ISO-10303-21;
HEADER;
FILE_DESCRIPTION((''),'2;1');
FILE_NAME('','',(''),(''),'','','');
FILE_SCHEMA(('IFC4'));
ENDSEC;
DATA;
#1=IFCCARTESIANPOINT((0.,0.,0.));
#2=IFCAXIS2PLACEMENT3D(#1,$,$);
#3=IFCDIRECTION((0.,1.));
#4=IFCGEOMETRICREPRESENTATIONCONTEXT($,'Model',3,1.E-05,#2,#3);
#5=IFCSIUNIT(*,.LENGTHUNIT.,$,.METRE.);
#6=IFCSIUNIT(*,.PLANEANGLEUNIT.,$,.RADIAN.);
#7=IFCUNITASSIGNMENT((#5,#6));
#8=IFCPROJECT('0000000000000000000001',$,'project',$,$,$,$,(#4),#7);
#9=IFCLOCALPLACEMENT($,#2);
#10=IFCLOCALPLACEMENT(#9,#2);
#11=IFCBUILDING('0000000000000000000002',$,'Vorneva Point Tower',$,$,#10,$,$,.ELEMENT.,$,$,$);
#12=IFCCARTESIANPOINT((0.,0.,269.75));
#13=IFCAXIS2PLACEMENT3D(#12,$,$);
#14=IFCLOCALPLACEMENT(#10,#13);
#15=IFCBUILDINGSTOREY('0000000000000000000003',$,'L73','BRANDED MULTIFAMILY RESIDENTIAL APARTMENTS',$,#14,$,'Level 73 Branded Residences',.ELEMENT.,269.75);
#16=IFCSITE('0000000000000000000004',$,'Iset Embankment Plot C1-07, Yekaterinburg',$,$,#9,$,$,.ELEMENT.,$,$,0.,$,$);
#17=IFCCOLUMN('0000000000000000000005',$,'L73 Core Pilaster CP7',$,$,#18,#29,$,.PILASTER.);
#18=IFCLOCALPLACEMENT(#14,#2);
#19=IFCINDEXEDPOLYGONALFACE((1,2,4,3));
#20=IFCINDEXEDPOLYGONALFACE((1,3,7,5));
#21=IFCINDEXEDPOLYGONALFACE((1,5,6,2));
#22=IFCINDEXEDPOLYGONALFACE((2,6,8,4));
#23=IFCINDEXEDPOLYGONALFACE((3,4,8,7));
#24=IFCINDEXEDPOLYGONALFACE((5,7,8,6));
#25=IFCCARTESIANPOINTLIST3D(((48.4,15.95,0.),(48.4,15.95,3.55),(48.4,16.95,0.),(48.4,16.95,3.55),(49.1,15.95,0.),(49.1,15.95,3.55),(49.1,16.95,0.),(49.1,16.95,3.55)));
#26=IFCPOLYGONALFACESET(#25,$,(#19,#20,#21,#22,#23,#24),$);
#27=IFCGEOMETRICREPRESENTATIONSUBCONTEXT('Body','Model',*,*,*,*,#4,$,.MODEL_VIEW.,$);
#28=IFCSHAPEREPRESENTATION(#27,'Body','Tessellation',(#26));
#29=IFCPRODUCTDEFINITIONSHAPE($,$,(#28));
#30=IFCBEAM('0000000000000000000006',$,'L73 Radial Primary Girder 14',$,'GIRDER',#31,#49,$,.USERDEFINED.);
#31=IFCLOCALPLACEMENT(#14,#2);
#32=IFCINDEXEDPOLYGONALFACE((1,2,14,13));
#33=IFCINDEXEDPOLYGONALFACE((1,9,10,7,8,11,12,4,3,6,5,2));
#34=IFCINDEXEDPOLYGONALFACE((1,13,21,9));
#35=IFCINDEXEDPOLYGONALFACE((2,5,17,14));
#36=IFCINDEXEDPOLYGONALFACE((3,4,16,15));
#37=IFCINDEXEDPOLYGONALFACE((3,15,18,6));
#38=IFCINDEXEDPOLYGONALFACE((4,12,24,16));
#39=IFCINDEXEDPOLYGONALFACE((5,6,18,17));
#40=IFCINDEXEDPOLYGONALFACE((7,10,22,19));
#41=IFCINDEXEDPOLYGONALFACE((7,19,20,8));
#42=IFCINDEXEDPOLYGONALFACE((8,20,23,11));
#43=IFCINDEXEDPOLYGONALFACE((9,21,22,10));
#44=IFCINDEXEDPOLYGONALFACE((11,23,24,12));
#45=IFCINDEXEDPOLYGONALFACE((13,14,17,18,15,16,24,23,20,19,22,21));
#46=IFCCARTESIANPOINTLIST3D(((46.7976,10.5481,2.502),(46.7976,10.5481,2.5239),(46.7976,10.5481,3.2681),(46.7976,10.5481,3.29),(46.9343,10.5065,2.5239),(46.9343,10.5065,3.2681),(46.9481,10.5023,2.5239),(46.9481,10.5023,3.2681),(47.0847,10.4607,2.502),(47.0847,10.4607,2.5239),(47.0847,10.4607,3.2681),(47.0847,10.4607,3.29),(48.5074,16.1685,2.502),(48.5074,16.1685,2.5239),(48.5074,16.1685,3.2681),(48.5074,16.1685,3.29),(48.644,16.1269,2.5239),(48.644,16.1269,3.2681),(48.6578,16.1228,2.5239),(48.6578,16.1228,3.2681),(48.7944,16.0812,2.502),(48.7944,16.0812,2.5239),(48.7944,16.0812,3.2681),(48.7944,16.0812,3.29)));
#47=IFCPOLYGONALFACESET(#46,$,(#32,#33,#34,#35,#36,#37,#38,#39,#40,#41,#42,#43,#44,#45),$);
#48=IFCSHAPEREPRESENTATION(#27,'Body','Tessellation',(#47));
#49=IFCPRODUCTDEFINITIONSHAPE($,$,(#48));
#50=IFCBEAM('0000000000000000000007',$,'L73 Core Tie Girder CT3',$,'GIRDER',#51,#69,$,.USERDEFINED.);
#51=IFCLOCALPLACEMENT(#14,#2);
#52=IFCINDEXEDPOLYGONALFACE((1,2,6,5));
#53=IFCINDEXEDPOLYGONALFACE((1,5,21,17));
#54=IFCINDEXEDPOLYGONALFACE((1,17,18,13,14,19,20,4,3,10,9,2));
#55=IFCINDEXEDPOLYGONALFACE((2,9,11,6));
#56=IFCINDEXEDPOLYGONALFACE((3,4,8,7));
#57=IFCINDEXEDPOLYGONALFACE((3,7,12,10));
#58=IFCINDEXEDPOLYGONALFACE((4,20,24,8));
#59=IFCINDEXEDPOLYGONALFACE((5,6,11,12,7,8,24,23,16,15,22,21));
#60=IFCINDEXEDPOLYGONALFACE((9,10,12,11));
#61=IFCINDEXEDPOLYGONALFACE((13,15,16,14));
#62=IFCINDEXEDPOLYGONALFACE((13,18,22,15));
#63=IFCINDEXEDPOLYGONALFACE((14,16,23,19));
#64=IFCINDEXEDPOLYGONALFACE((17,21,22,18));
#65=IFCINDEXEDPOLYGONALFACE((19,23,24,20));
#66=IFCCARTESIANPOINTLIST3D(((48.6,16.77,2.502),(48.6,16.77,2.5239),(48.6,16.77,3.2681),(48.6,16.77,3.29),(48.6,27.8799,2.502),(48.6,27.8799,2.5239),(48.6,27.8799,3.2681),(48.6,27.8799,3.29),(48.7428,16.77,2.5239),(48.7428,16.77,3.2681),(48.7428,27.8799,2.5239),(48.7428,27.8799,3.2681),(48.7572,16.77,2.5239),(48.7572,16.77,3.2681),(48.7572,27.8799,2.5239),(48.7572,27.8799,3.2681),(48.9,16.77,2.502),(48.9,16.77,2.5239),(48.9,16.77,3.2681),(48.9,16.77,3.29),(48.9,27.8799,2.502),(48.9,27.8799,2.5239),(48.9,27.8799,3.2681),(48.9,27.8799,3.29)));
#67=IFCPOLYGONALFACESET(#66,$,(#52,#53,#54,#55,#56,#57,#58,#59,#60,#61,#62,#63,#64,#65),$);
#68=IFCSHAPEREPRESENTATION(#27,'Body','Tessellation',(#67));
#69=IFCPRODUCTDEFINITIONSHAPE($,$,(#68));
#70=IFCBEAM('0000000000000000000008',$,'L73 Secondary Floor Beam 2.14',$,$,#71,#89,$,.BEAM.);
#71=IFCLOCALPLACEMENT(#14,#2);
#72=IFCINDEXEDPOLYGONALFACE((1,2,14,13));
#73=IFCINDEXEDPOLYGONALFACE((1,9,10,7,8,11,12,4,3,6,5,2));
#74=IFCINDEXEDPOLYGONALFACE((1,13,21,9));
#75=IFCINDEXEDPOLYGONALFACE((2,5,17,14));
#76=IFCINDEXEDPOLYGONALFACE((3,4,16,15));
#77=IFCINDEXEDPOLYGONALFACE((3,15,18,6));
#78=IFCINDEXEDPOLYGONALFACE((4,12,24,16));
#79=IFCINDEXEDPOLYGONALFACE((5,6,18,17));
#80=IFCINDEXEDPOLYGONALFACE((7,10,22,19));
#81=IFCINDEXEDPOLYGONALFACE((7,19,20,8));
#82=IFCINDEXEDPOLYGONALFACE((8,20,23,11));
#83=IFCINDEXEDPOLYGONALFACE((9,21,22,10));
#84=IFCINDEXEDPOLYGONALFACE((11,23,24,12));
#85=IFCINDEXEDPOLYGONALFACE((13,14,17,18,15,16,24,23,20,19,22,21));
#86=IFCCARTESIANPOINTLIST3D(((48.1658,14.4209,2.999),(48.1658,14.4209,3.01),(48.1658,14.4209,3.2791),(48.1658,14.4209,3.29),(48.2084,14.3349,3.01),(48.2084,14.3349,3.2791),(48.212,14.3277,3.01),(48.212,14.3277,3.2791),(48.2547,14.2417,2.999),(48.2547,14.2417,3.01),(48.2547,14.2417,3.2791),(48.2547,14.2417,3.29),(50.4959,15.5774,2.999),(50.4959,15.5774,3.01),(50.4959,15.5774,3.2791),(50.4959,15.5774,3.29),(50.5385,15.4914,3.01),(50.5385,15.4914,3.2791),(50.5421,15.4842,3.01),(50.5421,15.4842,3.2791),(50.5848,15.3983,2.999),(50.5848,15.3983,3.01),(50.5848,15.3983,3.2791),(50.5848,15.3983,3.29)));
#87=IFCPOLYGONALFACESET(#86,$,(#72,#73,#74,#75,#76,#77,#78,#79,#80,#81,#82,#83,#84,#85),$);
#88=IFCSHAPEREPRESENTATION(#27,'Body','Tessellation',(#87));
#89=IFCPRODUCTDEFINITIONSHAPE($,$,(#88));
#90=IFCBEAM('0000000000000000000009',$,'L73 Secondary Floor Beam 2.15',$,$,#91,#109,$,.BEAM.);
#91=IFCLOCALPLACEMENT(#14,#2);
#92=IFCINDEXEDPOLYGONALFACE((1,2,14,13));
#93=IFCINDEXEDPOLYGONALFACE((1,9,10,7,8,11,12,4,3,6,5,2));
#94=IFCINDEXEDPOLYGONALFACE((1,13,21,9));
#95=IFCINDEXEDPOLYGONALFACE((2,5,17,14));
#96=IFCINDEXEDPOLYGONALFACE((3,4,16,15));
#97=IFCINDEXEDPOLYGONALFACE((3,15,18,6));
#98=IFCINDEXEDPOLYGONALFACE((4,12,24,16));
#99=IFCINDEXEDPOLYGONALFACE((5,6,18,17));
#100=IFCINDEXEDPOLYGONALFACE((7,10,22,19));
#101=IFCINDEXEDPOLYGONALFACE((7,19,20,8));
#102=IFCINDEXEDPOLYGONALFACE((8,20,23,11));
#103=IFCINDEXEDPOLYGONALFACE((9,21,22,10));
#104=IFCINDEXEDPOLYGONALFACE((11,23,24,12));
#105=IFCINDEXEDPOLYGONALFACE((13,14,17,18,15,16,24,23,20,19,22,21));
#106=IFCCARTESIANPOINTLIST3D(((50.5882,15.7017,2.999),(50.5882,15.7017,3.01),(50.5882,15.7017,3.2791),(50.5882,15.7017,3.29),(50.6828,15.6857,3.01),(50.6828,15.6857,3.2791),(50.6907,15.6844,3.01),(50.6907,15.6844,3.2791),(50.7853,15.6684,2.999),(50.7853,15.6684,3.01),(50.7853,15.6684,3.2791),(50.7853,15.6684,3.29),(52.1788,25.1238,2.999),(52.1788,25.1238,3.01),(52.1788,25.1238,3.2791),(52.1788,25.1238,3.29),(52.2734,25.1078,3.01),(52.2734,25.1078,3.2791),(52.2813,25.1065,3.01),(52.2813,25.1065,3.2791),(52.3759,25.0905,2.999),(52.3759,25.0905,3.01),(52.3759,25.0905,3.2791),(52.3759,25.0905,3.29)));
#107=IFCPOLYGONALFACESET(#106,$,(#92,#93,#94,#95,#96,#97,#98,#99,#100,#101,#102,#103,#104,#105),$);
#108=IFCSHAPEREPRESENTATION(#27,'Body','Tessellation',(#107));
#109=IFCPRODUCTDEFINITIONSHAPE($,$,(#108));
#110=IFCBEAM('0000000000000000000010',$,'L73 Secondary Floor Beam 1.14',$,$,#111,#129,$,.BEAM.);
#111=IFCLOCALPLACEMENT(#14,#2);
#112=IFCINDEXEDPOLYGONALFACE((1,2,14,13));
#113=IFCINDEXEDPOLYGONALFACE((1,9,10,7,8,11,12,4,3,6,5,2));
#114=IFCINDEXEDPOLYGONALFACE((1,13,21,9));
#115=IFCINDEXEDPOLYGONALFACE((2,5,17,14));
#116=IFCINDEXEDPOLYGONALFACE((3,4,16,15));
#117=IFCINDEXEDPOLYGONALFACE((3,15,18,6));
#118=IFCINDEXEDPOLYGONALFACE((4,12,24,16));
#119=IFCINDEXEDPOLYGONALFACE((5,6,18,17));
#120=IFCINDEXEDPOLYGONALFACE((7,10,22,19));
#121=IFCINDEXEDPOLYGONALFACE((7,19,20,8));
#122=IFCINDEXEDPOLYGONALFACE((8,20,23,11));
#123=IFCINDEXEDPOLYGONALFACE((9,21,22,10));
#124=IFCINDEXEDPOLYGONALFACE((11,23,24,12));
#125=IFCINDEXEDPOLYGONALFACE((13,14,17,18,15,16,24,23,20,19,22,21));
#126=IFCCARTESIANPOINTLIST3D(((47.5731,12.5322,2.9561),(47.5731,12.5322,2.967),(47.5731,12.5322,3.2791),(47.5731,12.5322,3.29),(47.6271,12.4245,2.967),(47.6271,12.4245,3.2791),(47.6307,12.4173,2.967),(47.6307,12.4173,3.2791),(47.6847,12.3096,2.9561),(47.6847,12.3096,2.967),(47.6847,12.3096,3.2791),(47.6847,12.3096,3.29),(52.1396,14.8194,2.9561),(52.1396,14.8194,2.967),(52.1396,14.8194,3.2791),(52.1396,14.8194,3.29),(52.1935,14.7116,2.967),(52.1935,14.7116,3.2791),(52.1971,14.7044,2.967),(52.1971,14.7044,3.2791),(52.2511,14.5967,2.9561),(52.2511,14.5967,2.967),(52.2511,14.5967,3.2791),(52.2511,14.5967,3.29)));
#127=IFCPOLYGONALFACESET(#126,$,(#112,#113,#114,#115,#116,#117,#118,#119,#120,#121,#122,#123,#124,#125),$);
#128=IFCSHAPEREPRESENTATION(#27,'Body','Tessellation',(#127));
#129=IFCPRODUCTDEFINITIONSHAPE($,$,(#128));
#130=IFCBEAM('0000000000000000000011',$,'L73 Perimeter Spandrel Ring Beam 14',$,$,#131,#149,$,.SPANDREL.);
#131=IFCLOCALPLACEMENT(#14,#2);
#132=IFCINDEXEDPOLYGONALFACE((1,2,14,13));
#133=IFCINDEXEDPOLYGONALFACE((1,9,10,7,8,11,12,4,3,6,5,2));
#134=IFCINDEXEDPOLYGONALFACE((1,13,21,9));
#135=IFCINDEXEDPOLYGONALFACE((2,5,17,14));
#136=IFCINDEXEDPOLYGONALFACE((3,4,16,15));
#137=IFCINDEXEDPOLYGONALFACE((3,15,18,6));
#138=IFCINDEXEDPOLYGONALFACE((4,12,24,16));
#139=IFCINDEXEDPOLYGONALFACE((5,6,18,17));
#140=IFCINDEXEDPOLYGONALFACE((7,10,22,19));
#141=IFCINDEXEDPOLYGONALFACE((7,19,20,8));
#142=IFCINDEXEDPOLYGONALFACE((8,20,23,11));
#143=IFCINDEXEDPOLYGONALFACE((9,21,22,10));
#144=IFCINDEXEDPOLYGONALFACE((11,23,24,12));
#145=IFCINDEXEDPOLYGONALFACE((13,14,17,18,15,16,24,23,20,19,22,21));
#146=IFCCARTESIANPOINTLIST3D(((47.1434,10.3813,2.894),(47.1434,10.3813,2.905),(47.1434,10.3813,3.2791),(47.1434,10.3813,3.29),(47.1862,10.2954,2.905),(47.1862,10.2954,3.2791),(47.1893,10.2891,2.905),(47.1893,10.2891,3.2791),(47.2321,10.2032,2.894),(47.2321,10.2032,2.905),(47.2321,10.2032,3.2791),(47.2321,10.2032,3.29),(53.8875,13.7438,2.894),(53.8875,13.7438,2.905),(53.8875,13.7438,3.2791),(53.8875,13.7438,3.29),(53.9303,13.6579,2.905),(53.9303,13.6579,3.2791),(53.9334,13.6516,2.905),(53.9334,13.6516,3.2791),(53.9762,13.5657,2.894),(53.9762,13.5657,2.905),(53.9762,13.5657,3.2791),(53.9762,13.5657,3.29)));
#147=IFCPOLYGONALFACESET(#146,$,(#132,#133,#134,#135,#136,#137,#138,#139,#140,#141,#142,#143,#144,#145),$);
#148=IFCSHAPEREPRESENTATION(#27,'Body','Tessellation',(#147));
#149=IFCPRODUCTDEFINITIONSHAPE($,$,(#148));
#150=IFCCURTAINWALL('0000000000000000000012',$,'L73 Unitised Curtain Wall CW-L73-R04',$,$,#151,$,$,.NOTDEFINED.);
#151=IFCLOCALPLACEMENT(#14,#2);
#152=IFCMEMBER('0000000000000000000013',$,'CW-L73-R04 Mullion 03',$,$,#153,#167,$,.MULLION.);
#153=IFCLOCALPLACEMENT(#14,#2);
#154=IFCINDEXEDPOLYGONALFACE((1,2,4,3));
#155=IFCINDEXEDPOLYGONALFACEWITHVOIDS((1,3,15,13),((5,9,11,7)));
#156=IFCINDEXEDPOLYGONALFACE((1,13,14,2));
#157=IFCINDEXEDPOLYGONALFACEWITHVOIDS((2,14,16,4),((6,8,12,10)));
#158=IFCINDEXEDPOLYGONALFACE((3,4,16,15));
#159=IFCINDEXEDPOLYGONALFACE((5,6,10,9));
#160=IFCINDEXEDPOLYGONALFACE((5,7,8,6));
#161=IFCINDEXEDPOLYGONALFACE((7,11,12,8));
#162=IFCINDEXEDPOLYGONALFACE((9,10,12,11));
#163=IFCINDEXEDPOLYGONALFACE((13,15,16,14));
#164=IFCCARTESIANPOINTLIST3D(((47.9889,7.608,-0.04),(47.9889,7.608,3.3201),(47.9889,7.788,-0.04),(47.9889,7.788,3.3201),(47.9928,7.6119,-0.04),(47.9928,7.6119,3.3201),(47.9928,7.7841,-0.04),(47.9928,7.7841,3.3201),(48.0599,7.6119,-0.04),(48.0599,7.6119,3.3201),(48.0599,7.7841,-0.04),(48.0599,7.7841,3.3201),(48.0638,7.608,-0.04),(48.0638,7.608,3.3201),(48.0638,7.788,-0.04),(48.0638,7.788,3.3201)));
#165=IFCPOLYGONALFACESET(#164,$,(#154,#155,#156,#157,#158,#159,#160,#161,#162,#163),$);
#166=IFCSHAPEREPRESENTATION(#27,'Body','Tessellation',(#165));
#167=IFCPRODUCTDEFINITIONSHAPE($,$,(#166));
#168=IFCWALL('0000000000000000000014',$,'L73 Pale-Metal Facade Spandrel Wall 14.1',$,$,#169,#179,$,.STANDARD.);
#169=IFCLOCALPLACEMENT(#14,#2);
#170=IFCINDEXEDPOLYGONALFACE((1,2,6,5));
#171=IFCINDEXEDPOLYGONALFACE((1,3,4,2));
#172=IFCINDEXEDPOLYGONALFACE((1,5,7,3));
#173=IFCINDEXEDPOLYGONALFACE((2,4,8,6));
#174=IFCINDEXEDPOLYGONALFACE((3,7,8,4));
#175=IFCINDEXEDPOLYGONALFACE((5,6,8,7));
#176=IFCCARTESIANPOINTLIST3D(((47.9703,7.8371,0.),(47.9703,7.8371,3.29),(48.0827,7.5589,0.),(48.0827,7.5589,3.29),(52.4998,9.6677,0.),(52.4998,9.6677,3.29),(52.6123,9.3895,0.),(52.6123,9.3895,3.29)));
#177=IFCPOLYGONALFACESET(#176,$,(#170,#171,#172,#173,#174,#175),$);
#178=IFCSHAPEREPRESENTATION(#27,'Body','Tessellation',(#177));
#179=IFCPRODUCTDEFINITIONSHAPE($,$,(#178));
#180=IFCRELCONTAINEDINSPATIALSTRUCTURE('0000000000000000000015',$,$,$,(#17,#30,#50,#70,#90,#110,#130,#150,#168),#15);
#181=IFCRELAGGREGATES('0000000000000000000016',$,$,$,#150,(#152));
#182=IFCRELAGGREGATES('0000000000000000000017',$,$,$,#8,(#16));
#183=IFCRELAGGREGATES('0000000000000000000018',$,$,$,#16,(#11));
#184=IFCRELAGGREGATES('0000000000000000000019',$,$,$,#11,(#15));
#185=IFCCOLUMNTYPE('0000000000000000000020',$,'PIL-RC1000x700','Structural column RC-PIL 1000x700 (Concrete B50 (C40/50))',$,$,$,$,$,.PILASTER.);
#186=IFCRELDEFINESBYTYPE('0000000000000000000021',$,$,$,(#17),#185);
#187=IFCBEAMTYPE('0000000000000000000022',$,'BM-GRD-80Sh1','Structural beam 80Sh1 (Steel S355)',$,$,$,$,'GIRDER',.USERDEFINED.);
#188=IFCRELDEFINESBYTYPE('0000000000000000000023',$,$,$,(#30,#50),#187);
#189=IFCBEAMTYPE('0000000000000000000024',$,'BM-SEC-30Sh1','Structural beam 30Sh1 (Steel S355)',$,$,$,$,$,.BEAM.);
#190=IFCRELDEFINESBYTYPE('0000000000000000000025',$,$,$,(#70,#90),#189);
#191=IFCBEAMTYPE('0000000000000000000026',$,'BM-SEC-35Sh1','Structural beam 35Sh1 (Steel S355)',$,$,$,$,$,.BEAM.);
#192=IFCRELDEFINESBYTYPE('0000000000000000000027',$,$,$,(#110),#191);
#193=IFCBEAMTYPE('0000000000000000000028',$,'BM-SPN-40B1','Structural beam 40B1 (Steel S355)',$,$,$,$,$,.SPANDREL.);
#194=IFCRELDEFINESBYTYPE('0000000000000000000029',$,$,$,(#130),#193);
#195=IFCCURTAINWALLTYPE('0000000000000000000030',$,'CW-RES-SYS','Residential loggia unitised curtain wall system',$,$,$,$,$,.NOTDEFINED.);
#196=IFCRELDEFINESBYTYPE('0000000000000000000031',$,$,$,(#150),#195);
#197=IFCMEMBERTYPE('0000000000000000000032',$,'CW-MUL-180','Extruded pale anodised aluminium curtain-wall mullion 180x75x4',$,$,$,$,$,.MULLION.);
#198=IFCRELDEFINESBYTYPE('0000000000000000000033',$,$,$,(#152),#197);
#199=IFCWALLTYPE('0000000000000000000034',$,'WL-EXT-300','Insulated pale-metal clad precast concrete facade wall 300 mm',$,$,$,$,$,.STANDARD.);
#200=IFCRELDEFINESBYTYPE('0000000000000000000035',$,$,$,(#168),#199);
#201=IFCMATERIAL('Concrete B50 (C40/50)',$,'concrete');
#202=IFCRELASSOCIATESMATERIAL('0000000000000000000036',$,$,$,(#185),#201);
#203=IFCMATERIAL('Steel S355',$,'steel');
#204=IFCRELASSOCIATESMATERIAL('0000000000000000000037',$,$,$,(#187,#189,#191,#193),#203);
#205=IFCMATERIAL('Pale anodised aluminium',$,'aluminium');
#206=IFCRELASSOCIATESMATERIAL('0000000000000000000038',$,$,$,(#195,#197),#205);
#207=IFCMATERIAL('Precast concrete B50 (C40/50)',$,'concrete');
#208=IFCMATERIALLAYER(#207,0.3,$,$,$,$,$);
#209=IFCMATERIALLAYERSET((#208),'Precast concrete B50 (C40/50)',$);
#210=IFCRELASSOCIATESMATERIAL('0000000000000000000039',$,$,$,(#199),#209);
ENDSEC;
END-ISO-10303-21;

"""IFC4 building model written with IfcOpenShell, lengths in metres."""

from ifc_helpers import new_model, si_unit, direction, frame, frame_2d, origin, origin_2d, place, context, subcontext, project, spatial, rectangle, hollow_rectangle, i_section, extrude, material, layer, layer_set, material_profile, profile_set, type_object, element, aggregate, save


model = new_model("IFC4")

# Units and contexts
model_context = context("Model", 3, precision=1e-05, world=origin(), true_north=direction((0.0, 1.0)))
body_context = subcontext(model_context, "Body", "Model", "MODEL_VIEW")
ifc_project = project(units=[si_unit("LENGTHUNIT", "METRE"), si_unit("PLANEANGLEUNIT", "RADIAN")], contexts=[model_context])

# Site, building, storey
site_placement = place(None, origin())
site = spatial("IfcSite", under=ifc_project, at=site_placement, Name="Iset Embankment Plot C1-07, Yekaterinburg", CompositionType="ELEMENT", RefElevation=0.0)
building_placement = place(site_placement, origin())
building = spatial("IfcBuilding", under=site, at=building_placement, Name="Vorneva Point Tower", CompositionType="ELEMENT")
storey_placement = place(building_placement, frame((0.0, 0.0, 269.75)))
storey = spatial("IfcBuildingStorey", under=building, at=storey_placement, Name="L73", Description="BRANDED MULTIFAMILY RESIDENTIAL APARTMENTS", LongName="Level 73 Branded Residences", CompositionType="ELEMENT", Elevation=269.75)

# Column
ifc_material_1 = material(Name="Concrete B50 (C40/50)", Category="concrete")
ifc_material_profile_1 = material_profile(ifc_material_1, rectangle(XDim=0.7, YDim=1.0, at=origin_2d()), Name="RC-PIL 1000x700")
ifc_profile_set_1 = profile_set([ifc_material_profile_1], Name="Concrete B50 (C40/50)")
column_type_1 = type_object("IfcColumnType", Name="PIL-RC1000x700", Description="Structural column RC-PIL 1000x700 (Concrete B50 (C40/50))", PredefinedType="PILASTER", material=ifc_profile_set_1)
column_1_placement = place(storey_placement, frame((48.75, 16.45, 0.0), z_axis=(0.0, 0.0, 1.0), x_axis=(1.0, 0.0, 0.0)))
element("IfcColumn", 1, at=column_1_placement, inside=storey, type_object=column_type_1, Name="L73 Core Pilaster CP7", PredefinedType="PILASTER", context=body_context, shape_type="SweptSolid", body=[
    extrude(rectangle(XDim=0.7, YDim=1.0, at=origin_2d()), origin(), (0.0, 0.0, 1.0), 3.55),
])

# Beams
ifc_material_2 = material(Name="Steel S355", Category="steel")
ifc_material_profile_2 = material_profile(ifc_material_2, i_section(OverallWidth=0.3, OverallDepth=0.7881, WebThickness=0.0144, FlangeThickness=0.022, at=origin_2d()), Name="80Sh1")
ifc_profile_set_2 = profile_set([ifc_material_profile_2], Name="Steel S355")
beam_type_1 = type_object("IfcBeamType", Name="BM-GRD-80Sh1", Description="Structural beam 80Sh1 (Steel S355)", ElementType="GIRDER", PredefinedType="USERDEFINED", material=ifc_profile_set_2)
beam_1_placement = place(storey_placement, frame((46.9412, 10.5044, 2.896), z_axis=(0.291033, 0.956713, 0.0), x_axis=(-0.956713, 0.291033, 0.0)))
element("IfcBeam", 2, at=beam_1_placement, inside=storey, type_object=beam_type_1, Name="L73 Radial Primary Girder 14", ObjectType="GIRDER", PredefinedType="USERDEFINED", context=body_context, shape_type="SweptSolid", body=[
    extrude(i_section(OverallWidth=0.3, OverallDepth=0.7881, WebThickness=0.0144, FlangeThickness=0.022, at=origin_2d()), origin(), (0.0, 0.0, 1.0), 5.8748),
])
beam_2_placement = place(storey_placement, frame((48.75, 16.77, 2.896), z_axis=(0.0, 1.0, 0.0), x_axis=(-1.0, 0.0, 0.0)))
element("IfcBeam", 3, at=beam_2_placement, inside=storey, type_object=beam_type_1, Name="L73 Core Tie Girder CT3", ObjectType="GIRDER", PredefinedType="USERDEFINED", context=body_context, shape_type="SweptSolid", body=[
    extrude(i_section(OverallWidth=0.3, OverallDepth=0.7881, WebThickness=0.0144, FlangeThickness=0.022, at=origin_2d()), origin(), (0.0, 0.0, 1.0), 11.1099),
])
ifc_material_profile_3 = material_profile(ifc_material_2, i_section(OverallWidth=0.2, OverallDepth=0.291, WebThickness=0.0081, FlangeThickness=0.011, at=origin_2d()), Name="30Sh1")
ifc_profile_set_3 = profile_set([ifc_material_profile_3], Name="Steel S355")
beam_type_2 = type_object("IfcBeamType", Name="BM-SEC-30Sh1", Description="Structural beam 30Sh1 (Steel S355)", PredefinedType="BEAM", material=ifc_profile_set_3)
beam_3_placement = place(storey_placement, frame((48.2102, 14.3313, 3.1445), z_axis=(0.895737, 0.444584, 0.0), x_axis=(-0.444584, 0.895737, 0.0)))
element("IfcBeam", 4, at=beam_3_placement, inside=storey, type_object=beam_type_2, Name="L73 Secondary Floor Beam 2.14", PredefinedType="BEAM", context=body_context, shape_type="SweptSolid", body=[
    extrude(i_section(OverallWidth=0.2, OverallDepth=0.291, WebThickness=0.0081, FlangeThickness=0.011, at=origin_2d()), origin(), (0.0, 0.0, 1.0), 2.6013),
])
beam_4_placement = place(storey_placement, frame((50.6868, 15.6851, 3.1445), z_axis=(0.166458, 0.986049, 0.0), x_axis=(-0.986049, 0.166458, 0.0)))
element("IfcBeam", 5, at=beam_4_placement, inside=storey, type_object=beam_type_2, Name="L73 Secondary Floor Beam 2.15", PredefinedType="BEAM", context=body_context, shape_type="SweptSolid", body=[
    extrude(i_section(OverallWidth=0.2, OverallDepth=0.291, WebThickness=0.0081, FlangeThickness=0.011, at=origin_2d()), origin(), (0.0, 0.0, 1.0), 9.5554),
])
ifc_material_profile_4 = material_profile(ifc_material_2, i_section(OverallWidth=0.249, OverallDepth=0.334, WebThickness=0.0081, FlangeThickness=0.011, at=origin_2d()), Name="35Sh1")
ifc_profile_set_4 = profile_set([ifc_material_profile_4], Name="Steel S355")
beam_type_3 = type_object("IfcBeamType", Name="BM-SEC-35Sh1", Description="Structural beam 35Sh1 (Steel S355)", PredefinedType="BEAM", material=ifc_profile_set_4)
beam_5_placement = place(storey_placement, frame((47.6289, 12.4209, 3.123), z_axis=(0.894121, 0.447825, 0.0), x_axis=(-0.447825, 0.894121, 0.0)))
element("IfcBeam", 6, at=beam_5_placement, inside=storey, type_object=beam_type_3, Name="L73 Secondary Floor Beam 1.14", PredefinedType="BEAM", context=body_context, shape_type="SweptSolid", body=[
    extrude(i_section(OverallWidth=0.249, OverallDepth=0.334, WebThickness=0.0081, FlangeThickness=0.011, at=origin_2d()), origin(), (0.0, 0.0, 1.0), 5.1072),
])
ifc_material_profile_5 = material_profile(ifc_material_2, i_section(OverallWidth=0.199, OverallDepth=0.396, WebThickness=0.0071, FlangeThickness=0.011, at=origin_2d()), Name="40B1")
ifc_profile_set_5 = profile_set([ifc_material_profile_5], Name="Steel S355")
beam_type_4 = type_object("IfcBeamType", Name="BM-SPN-40B1", Description="Structural beam 40B1 (Steel S355)", PredefinedType="SPANDREL", material=ifc_profile_set_5)
beam_6_placement = place(storey_placement, frame((47.1877, 10.2922, 3.092), z_axis=(0.894932, 0.446203, 0.0), x_axis=(-0.446203, 0.894932, 0.0)))
element("IfcBeam", 7, at=beam_6_placement, inside=storey, type_object=beam_type_4, Name="L73 Perimeter Spandrel Ring Beam 14", PredefinedType="SPANDREL", context=body_context, shape_type="SweptSolid", body=[
    extrude(i_section(OverallWidth=0.199, OverallDepth=0.396, WebThickness=0.0071, FlangeThickness=0.011, at=origin_2d()), origin(), (0.0, 0.0, 1.0), 7.5359),
])

# Curtain wall, member
ifc_material_3 = material(Name="Pale anodised aluminium", Category="aluminium")
curtain_wall_type = type_object("IfcCurtainWallType", Name="CW-RES-SYS", Description="Residential loggia unitised curtain wall system", PredefinedType="NOTDEFINED", material=ifc_material_3)
curtain_wall_placement = place(storey_placement, origin())
curtain_wall = element("IfcCurtainWall", 8, at=curtain_wall_placement, inside=storey, type_object=curtain_wall_type, Name="L73 Unitised Curtain Wall CW-L73-R04", PredefinedType="NOTDEFINED")
ifc_material_profile_6 = material_profile(ifc_material_3, hollow_rectangle(XDim=0.075, YDim=0.1799, WallThickness=0.0039, at=origin_2d()), Name="AL-MUL 180x75x4")
ifc_profile_set_6 = profile_set([ifc_material_profile_6], Name="Pale anodised aluminium")
member_type = type_object("IfcMemberType", Name="CW-MUL-180", Description="Extruded pale anodised aluminium curtain-wall mullion 180x75x4", PredefinedType="MULLION", material=ifc_profile_set_6)
member_placement = place(storey_placement, frame((48.0264, 7.698, -0.04), z_axis=(0.0, 0.0, 1.0), x_axis=(1.0, 0.0, 0.0)))
member = element("IfcMember", 9, at=member_placement, type_object=member_type, Name="CW-L73-R04 Mullion 03", PredefinedType="MULLION", context=body_context, shape_type="SweptSolid", body=[
    extrude(hollow_rectangle(XDim=0.075, YDim=0.1799, WallThickness=0.0039, at=origin_2d()), origin(), (0.0, 0.0, 1.0), 3.3601),
])
aggregate(curtain_wall, [member])

# Wall
ifc_material_4 = material(Name="Precast concrete B50 (C40/50)", Category="concrete")
ifc_layer_1 = layer(ifc_material_4, 0.3)
ifc_layer_set_1 = layer_set([ifc_layer_1], Name="Precast concrete B50 (C40/50)")
wall_type_1 = type_object("IfcWallType", Name="WL-EXT-300", Description="Insulated pale-metal clad precast concrete facade wall 300 mm", PredefinedType="STANDARD", material=ifc_layer_set_1)
wall_1_placement = place(storey_placement, frame((48.0264, 7.698, 0.0), z_axis=(0.0, 0.0, 1.0), x_axis=(0.927147, 0.374697, 0.0)))
element("IfcWall", 10, at=wall_1_placement, inside=storey, type_object=wall_type_1, Name="L73 Pale-Metal Facade Spandrel Wall 14.1", PredefinedType="STANDARD", context=body_context, shape_type="SweptSolid", body=[
    extrude(rectangle(XDim=4.8855, YDim=0.3, at=frame_2d((2.4429, 0.0))), origin(), (0.0, 0.0, 1.0), 3.29),
])

save(model, "model.ifc")
